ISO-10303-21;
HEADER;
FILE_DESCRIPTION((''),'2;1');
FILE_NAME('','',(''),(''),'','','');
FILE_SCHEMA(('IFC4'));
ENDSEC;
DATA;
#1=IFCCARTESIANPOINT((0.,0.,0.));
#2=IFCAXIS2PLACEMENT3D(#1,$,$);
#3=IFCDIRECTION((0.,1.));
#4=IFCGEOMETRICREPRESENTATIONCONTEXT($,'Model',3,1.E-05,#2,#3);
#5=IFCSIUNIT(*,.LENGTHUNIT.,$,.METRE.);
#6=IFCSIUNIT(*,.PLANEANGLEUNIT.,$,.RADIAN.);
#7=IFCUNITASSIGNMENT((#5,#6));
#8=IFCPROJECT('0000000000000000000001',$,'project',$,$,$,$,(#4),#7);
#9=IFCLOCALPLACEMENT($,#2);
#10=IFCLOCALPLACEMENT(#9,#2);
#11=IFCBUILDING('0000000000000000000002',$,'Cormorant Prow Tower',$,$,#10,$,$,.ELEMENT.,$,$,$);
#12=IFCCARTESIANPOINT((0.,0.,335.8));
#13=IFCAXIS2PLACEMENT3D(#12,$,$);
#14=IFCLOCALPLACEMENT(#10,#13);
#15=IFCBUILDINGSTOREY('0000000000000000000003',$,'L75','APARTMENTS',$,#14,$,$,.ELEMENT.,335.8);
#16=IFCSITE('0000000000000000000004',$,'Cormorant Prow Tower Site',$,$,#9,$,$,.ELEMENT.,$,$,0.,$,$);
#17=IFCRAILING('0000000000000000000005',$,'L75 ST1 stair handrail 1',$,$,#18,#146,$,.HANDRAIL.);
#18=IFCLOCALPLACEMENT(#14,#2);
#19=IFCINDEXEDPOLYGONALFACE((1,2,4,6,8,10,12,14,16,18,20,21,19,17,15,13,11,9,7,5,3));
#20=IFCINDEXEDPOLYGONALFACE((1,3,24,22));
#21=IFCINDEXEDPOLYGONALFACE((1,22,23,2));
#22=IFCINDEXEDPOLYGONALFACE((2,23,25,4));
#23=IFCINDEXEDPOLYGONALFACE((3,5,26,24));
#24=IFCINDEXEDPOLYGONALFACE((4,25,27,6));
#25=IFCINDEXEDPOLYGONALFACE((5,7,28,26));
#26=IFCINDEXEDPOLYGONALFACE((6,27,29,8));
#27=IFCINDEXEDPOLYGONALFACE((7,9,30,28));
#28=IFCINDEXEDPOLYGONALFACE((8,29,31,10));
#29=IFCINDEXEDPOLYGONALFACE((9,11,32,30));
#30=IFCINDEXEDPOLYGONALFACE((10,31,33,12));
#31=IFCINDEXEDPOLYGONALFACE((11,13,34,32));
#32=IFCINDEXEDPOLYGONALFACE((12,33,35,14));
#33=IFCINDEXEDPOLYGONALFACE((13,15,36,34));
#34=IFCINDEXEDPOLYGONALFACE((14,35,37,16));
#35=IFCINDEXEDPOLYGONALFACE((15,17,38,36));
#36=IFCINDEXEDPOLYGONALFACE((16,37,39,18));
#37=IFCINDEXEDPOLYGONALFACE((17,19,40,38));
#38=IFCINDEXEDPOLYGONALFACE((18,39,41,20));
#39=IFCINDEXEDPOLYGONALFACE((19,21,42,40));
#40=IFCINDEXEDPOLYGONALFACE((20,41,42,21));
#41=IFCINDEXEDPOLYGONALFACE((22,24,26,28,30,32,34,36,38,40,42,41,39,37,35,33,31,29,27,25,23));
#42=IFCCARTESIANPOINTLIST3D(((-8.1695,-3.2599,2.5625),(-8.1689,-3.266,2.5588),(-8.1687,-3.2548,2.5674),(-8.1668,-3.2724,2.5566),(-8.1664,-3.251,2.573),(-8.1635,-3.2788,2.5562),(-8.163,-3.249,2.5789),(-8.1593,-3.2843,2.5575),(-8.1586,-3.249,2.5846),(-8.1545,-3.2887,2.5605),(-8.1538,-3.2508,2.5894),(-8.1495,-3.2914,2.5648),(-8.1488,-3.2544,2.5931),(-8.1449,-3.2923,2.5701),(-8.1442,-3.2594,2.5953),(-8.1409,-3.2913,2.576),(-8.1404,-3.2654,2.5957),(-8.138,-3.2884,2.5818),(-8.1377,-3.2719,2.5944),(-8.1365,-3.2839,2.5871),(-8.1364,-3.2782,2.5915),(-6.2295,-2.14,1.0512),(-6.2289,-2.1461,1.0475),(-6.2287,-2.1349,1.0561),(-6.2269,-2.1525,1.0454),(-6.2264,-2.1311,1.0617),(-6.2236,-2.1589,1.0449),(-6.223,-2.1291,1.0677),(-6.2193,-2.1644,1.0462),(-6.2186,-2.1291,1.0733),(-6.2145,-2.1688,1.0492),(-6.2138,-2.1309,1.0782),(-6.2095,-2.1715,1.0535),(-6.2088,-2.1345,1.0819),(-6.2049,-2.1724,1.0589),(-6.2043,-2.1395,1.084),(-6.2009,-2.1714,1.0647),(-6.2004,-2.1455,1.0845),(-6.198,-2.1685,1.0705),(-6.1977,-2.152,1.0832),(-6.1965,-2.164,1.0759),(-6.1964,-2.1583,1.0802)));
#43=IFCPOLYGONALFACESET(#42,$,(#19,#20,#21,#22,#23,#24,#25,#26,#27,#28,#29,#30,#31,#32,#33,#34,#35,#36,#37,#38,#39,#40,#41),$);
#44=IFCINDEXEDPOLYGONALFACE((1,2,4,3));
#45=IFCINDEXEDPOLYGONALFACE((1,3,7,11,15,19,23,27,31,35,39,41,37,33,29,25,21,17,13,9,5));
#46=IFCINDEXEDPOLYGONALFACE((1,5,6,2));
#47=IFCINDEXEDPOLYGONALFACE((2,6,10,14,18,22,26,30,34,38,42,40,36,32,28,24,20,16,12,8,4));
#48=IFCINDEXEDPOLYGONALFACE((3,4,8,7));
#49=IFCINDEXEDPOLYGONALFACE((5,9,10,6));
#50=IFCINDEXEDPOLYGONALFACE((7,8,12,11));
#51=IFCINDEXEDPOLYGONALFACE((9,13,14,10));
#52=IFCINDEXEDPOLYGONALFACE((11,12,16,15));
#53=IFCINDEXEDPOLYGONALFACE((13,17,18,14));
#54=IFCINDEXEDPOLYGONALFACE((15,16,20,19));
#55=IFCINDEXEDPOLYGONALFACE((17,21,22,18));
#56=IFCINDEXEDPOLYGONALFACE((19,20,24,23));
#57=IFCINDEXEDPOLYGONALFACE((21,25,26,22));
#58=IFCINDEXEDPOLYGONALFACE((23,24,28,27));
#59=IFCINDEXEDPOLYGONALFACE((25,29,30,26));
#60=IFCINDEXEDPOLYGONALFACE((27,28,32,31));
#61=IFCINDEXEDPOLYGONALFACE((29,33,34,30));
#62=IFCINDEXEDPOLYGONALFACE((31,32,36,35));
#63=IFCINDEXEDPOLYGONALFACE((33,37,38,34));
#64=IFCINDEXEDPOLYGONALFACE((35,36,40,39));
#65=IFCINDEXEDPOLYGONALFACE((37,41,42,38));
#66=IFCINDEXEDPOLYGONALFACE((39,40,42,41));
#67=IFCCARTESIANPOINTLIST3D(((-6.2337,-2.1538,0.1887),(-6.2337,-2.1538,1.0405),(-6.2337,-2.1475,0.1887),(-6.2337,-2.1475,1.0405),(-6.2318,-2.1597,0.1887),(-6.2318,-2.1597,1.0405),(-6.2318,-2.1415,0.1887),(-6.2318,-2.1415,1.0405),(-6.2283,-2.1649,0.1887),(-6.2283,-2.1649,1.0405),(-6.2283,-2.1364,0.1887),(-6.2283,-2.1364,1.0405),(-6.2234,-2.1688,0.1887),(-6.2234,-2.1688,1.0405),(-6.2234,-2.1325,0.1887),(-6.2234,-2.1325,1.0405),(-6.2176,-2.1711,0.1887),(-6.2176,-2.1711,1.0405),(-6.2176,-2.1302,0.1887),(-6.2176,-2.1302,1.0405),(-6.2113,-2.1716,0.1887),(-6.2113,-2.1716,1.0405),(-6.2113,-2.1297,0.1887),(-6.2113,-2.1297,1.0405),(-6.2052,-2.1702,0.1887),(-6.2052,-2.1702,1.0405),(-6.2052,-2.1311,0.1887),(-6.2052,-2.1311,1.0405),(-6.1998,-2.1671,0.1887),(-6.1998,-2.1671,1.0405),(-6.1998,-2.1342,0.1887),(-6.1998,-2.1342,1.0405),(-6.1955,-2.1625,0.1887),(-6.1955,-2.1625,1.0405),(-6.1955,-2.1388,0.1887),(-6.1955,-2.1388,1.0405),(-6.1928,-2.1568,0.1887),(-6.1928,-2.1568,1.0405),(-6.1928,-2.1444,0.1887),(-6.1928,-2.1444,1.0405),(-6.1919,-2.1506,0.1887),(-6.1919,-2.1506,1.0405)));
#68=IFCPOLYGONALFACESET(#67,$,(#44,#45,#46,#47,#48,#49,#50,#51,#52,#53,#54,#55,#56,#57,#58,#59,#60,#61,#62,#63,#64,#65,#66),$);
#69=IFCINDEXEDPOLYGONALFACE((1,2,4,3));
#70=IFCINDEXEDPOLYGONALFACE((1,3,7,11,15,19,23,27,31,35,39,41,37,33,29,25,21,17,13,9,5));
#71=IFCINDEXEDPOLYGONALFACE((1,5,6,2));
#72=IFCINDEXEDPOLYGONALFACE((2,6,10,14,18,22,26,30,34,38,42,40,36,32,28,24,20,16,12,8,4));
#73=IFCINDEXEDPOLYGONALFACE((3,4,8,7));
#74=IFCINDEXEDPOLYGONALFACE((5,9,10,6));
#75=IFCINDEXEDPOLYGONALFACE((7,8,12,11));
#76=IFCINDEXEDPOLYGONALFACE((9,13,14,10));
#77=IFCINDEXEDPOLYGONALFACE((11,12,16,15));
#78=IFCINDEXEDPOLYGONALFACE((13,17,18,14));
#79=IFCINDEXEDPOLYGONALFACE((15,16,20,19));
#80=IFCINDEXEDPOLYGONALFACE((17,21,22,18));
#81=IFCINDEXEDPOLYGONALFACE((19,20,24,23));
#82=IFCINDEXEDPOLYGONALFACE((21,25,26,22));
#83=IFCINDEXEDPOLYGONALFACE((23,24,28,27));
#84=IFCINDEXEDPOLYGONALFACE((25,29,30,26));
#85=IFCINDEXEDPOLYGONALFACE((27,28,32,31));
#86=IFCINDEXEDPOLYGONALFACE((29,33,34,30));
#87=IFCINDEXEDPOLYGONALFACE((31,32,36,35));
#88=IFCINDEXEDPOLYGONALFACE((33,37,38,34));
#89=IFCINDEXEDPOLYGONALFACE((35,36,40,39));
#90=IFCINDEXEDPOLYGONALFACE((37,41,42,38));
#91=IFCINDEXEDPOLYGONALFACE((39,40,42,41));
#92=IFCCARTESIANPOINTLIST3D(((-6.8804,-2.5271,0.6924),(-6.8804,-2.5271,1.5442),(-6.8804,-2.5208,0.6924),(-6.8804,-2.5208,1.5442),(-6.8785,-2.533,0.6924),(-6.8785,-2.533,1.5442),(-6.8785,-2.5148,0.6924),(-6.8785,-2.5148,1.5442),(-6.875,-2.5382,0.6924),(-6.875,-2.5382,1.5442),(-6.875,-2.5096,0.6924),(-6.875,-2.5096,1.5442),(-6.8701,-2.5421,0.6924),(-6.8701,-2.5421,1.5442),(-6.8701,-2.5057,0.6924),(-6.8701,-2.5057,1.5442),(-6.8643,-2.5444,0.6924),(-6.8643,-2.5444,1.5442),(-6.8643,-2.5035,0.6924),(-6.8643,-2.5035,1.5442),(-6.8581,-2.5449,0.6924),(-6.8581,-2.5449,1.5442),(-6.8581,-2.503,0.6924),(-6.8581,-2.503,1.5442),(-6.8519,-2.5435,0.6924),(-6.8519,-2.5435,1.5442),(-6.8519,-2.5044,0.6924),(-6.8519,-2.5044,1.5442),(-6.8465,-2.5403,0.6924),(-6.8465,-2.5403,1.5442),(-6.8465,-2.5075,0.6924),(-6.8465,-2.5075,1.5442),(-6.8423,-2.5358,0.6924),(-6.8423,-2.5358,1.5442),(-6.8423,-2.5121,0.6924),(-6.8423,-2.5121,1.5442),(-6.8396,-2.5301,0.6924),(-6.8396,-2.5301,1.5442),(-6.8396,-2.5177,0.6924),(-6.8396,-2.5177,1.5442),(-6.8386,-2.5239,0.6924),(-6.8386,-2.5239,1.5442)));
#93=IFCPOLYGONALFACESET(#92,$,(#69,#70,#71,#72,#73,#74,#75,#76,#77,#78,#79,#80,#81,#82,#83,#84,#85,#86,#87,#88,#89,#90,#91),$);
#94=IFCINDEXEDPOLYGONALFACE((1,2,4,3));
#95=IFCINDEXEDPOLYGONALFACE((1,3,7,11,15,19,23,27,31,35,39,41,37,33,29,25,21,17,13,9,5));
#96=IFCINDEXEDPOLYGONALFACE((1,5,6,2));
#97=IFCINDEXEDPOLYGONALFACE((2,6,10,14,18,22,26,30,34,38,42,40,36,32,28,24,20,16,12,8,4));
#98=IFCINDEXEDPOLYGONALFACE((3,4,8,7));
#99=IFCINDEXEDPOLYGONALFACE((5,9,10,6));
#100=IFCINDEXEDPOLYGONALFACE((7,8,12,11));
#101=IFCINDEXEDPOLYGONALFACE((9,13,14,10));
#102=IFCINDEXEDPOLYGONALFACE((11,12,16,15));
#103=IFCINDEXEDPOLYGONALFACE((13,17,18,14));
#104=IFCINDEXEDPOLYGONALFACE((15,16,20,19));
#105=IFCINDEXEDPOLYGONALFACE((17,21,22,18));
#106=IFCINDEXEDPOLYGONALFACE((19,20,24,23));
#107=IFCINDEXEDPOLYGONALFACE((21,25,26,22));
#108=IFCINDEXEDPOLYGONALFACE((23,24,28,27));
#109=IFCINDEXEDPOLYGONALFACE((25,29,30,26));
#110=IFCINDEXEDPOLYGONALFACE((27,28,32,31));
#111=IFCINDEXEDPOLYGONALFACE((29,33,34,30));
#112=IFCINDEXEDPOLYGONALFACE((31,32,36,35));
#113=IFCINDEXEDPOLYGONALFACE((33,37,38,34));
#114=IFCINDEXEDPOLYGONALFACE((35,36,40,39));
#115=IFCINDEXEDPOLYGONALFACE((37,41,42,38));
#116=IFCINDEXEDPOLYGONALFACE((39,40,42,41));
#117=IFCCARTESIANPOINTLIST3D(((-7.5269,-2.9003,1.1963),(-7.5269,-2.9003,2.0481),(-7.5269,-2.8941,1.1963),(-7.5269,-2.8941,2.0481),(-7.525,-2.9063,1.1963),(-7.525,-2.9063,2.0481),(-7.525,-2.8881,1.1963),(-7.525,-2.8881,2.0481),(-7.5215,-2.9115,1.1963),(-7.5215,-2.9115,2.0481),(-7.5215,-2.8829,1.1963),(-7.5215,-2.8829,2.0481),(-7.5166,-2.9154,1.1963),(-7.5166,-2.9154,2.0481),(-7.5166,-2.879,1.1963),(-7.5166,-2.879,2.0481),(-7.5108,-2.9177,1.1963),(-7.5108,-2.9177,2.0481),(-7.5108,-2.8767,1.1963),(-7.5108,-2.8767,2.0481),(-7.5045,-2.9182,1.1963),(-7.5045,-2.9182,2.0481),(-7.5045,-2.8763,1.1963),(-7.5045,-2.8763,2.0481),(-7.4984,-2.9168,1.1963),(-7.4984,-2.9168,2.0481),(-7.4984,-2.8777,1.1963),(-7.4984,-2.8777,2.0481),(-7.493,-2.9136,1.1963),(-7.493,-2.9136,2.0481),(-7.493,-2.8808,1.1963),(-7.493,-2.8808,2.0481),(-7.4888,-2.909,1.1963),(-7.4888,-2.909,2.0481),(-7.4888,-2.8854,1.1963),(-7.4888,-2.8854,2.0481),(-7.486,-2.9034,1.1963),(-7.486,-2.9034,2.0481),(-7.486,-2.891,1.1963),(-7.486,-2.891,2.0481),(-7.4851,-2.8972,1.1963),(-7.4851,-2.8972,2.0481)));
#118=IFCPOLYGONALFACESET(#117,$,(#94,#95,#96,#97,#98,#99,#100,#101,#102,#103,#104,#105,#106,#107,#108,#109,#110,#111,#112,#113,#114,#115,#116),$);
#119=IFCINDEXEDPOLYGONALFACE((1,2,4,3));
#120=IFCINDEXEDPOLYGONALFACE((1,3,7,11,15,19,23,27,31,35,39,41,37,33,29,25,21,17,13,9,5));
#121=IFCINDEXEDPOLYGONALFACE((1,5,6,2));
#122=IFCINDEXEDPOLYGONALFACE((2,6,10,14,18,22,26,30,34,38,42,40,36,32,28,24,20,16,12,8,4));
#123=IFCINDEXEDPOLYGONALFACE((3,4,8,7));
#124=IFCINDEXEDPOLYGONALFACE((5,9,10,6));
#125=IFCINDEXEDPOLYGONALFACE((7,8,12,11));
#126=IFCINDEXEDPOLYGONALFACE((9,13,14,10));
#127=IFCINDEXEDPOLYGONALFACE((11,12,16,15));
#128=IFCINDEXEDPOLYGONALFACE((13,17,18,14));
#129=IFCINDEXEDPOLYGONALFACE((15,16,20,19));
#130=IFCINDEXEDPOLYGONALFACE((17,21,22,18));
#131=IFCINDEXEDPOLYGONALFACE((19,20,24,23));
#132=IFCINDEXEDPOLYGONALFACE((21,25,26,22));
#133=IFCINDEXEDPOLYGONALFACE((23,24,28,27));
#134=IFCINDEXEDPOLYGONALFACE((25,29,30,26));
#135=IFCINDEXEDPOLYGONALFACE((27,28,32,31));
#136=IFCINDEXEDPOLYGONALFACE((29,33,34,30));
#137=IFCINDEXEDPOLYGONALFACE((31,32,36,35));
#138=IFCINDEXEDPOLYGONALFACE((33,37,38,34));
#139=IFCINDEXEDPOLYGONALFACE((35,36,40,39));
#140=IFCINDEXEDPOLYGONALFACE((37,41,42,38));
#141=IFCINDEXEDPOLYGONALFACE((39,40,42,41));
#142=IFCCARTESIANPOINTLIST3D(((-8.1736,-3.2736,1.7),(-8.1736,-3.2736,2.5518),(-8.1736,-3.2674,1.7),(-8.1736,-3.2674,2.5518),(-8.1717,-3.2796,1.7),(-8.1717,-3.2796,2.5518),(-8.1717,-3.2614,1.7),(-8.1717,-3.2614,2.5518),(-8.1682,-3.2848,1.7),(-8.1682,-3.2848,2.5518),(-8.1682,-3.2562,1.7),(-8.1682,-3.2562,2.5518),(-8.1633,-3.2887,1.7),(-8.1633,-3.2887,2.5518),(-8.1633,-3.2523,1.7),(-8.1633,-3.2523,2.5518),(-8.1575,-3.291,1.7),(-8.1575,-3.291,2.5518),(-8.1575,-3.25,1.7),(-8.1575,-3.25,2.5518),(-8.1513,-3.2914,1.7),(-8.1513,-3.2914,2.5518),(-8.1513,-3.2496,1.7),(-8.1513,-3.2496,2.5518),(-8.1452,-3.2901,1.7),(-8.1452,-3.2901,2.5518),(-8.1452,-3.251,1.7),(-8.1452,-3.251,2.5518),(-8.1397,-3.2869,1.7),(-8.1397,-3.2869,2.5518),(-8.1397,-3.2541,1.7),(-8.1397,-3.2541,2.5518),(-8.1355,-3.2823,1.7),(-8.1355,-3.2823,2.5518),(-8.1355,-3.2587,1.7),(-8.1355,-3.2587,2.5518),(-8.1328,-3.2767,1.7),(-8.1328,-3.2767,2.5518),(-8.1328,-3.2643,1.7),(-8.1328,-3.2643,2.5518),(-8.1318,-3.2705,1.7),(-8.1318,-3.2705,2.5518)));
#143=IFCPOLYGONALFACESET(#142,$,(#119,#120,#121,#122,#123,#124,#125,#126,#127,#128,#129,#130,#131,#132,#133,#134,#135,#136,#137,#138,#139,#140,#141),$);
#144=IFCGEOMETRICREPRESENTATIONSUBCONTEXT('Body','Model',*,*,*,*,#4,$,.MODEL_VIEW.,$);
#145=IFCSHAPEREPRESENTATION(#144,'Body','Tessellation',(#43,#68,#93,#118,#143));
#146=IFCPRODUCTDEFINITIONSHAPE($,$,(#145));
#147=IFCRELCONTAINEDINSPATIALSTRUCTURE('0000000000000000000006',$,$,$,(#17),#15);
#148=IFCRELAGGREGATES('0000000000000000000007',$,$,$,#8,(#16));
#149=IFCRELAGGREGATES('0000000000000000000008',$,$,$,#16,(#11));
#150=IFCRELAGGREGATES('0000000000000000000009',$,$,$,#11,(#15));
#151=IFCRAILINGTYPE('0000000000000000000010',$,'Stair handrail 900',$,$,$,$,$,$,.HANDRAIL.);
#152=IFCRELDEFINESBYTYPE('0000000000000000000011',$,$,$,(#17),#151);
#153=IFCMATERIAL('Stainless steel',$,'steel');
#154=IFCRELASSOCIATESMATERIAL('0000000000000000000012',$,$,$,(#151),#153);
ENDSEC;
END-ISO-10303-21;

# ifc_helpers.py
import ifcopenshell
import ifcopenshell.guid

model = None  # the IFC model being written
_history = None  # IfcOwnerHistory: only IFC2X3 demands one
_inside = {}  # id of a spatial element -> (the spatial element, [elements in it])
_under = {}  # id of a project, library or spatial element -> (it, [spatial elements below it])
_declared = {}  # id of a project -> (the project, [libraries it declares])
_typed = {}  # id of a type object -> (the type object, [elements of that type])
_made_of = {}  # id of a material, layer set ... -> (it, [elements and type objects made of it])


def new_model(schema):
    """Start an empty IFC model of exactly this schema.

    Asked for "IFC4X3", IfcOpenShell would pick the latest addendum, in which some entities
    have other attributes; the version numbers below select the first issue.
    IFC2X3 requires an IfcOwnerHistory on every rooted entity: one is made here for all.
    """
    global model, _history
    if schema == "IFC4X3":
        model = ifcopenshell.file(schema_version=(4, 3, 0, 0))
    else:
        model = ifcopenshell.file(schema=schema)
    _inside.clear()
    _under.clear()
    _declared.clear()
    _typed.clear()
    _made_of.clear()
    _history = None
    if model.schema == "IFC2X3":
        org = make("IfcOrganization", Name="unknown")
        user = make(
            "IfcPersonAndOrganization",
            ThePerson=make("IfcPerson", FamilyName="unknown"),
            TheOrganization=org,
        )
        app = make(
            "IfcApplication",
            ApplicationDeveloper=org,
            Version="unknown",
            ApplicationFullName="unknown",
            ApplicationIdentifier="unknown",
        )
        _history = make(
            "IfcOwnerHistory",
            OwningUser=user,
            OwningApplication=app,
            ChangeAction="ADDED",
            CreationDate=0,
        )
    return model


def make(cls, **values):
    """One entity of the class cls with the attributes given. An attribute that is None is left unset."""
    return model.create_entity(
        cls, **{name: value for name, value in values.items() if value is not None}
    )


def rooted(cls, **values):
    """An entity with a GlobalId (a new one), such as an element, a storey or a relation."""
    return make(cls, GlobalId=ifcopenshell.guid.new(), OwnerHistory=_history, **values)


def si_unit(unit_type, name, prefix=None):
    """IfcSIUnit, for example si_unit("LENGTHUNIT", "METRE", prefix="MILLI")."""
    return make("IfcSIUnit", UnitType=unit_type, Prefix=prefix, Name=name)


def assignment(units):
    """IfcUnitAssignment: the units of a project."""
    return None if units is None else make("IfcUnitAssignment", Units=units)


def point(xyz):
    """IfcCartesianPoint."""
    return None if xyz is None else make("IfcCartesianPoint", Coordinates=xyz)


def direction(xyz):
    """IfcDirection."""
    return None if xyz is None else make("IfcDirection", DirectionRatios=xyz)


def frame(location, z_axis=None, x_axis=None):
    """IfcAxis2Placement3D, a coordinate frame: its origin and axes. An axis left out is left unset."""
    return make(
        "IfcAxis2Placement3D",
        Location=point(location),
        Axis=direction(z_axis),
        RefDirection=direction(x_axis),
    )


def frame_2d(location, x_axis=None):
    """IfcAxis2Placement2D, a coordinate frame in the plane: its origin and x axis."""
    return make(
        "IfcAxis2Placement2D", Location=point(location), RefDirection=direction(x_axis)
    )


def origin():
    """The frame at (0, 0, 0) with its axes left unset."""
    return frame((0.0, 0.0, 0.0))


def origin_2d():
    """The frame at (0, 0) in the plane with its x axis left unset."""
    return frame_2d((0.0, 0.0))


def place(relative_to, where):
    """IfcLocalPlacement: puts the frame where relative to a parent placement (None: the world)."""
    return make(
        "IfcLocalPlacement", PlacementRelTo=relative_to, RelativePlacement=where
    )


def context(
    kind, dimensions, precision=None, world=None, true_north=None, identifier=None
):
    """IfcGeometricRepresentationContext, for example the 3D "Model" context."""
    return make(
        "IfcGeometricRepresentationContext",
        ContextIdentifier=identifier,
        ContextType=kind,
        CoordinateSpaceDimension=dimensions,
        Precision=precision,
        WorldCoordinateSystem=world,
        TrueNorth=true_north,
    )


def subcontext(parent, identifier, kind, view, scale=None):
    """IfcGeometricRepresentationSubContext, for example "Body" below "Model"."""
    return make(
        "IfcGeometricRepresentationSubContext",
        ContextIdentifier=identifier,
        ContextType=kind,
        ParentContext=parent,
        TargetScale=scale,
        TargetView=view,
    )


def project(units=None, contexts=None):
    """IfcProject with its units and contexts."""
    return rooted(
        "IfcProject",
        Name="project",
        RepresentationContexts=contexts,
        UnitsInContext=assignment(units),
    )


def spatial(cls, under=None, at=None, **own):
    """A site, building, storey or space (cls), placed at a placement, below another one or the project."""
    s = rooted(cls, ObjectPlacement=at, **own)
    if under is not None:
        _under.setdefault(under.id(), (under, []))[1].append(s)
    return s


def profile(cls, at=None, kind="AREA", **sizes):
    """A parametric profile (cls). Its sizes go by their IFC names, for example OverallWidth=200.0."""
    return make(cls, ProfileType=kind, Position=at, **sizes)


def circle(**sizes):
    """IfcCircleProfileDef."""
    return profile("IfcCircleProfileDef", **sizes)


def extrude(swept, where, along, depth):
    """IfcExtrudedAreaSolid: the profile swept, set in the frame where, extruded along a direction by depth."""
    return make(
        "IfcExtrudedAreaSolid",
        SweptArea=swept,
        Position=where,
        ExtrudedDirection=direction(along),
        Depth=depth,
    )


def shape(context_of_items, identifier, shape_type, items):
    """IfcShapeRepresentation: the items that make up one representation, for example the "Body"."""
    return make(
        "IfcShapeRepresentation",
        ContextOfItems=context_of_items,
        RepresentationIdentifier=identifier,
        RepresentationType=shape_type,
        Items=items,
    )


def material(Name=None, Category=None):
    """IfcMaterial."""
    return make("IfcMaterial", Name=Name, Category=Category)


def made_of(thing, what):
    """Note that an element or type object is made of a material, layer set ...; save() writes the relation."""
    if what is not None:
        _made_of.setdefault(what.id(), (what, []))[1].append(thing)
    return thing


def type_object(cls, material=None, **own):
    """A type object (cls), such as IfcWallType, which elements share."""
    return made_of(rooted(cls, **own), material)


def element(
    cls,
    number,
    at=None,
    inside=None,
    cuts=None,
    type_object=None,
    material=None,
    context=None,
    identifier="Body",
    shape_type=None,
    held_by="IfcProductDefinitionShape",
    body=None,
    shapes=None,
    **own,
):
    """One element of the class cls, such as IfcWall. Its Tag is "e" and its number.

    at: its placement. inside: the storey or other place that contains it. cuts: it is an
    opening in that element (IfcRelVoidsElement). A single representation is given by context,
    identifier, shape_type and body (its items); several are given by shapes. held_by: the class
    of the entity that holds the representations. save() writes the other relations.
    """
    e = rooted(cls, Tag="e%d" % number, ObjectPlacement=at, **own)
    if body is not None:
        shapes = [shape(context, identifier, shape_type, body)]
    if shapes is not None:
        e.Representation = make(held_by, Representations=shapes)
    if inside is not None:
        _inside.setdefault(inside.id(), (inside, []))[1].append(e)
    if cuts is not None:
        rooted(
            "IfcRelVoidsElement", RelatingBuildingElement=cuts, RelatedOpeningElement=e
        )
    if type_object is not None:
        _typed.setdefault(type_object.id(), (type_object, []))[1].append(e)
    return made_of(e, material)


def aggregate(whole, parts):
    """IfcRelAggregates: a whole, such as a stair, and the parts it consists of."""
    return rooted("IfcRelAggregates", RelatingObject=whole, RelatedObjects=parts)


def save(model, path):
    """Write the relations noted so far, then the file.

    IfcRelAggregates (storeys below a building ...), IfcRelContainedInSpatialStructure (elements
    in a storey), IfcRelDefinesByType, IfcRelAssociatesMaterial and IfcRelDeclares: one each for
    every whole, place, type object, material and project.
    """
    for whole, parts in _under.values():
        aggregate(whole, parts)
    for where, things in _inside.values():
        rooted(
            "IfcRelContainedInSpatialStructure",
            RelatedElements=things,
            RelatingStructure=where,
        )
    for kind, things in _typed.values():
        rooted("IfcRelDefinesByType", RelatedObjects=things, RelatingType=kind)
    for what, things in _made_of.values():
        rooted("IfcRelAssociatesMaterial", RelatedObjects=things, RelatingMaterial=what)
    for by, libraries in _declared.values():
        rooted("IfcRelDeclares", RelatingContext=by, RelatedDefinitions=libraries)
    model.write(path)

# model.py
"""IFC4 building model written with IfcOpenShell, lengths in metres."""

from ifc_helpers import new_model, si_unit, direction, frame, origin, origin_2d, place, context, subcontext, project, spatial, circle, extrude, material, type_object, element, save


model = new_model("IFC4")

# Units and contexts
model_context = context("Model", 3, precision=1e-05, world=origin(), true_north=direction((0.0, 1.0)))
body_context = subcontext(model_context, "Body", "Model", "MODEL_VIEW")
ifc_project = project(units=[si_unit("LENGTHUNIT", "METRE"), si_unit("PLANEANGLEUNIT", "RADIAN")], contexts=[model_context])

# Site, building, storey
site_placement = place(None, origin())
site = spatial("IfcSite", under=ifc_project, at=site_placement, Name="Cormorant Prow Tower Site", CompositionType="ELEMENT", RefElevation=0.0)
building_placement = place(site_placement, origin())
building = spatial("IfcBuilding", under=site, at=building_placement, Name="Cormorant Prow Tower", CompositionType="ELEMENT")
storey_placement = place(building_placement, frame((0.0, 0.0, 335.8)))
storey = spatial("IfcBuildingStorey", under=building, at=storey_placement, Name="L75", Description="APARTMENTS", CompositionType="ELEMENT", Elevation=335.8)

# Railing
ifc_material_1 = material(Name="Stainless steel", Category="steel")
railing_type = type_object("IfcRailingType", Name="Stair handrail 900", PredefinedType="HANDRAIL", material=ifc_material_1)
railing_placement = place(storey_placement, frame((-6.2129, -2.1506, 0.1887)))
element("IfcRailing", 1, at=railing_placement, inside=storey, type_object=railing_type, Name="L75 ST1 stair handrail 1", PredefinedType="HANDRAIL", context=body_context, shape_type="SweptSolid", body=[
    extrude(circle(Radius=0.0239, at=origin_2d()), frame((0.0, 0.0, 0.876), z_axis=(-0.71794, -0.414447, 0.559281), x_axis=(0.499949, -0.866055, 0.0)), (0.0, 0.0, 1.0), 2.7021),
    extrude(circle(Radius=0.021, at=origin_2d()), origin(), (0.0, 0.0, 1.0), 0.8518),
    extrude(circle(Radius=0.021, at=origin_2d()), frame((-0.6467, -0.3733, 0.5037)), (0.0, 0.0, 1.0), 0.8518),
    extrude(circle(Radius=0.021, at=origin_2d()), frame((-1.2932, -0.7466, 1.0076)), (0.0, 0.0, 1.0), 0.8518),
    extrude(circle(Radius=0.021, at=origin_2d()), frame((-1.9399, -1.1199, 1.5112)), (0.0, 0.0, 1.0), 0.8518),
])

save(model, "model.ifc")
